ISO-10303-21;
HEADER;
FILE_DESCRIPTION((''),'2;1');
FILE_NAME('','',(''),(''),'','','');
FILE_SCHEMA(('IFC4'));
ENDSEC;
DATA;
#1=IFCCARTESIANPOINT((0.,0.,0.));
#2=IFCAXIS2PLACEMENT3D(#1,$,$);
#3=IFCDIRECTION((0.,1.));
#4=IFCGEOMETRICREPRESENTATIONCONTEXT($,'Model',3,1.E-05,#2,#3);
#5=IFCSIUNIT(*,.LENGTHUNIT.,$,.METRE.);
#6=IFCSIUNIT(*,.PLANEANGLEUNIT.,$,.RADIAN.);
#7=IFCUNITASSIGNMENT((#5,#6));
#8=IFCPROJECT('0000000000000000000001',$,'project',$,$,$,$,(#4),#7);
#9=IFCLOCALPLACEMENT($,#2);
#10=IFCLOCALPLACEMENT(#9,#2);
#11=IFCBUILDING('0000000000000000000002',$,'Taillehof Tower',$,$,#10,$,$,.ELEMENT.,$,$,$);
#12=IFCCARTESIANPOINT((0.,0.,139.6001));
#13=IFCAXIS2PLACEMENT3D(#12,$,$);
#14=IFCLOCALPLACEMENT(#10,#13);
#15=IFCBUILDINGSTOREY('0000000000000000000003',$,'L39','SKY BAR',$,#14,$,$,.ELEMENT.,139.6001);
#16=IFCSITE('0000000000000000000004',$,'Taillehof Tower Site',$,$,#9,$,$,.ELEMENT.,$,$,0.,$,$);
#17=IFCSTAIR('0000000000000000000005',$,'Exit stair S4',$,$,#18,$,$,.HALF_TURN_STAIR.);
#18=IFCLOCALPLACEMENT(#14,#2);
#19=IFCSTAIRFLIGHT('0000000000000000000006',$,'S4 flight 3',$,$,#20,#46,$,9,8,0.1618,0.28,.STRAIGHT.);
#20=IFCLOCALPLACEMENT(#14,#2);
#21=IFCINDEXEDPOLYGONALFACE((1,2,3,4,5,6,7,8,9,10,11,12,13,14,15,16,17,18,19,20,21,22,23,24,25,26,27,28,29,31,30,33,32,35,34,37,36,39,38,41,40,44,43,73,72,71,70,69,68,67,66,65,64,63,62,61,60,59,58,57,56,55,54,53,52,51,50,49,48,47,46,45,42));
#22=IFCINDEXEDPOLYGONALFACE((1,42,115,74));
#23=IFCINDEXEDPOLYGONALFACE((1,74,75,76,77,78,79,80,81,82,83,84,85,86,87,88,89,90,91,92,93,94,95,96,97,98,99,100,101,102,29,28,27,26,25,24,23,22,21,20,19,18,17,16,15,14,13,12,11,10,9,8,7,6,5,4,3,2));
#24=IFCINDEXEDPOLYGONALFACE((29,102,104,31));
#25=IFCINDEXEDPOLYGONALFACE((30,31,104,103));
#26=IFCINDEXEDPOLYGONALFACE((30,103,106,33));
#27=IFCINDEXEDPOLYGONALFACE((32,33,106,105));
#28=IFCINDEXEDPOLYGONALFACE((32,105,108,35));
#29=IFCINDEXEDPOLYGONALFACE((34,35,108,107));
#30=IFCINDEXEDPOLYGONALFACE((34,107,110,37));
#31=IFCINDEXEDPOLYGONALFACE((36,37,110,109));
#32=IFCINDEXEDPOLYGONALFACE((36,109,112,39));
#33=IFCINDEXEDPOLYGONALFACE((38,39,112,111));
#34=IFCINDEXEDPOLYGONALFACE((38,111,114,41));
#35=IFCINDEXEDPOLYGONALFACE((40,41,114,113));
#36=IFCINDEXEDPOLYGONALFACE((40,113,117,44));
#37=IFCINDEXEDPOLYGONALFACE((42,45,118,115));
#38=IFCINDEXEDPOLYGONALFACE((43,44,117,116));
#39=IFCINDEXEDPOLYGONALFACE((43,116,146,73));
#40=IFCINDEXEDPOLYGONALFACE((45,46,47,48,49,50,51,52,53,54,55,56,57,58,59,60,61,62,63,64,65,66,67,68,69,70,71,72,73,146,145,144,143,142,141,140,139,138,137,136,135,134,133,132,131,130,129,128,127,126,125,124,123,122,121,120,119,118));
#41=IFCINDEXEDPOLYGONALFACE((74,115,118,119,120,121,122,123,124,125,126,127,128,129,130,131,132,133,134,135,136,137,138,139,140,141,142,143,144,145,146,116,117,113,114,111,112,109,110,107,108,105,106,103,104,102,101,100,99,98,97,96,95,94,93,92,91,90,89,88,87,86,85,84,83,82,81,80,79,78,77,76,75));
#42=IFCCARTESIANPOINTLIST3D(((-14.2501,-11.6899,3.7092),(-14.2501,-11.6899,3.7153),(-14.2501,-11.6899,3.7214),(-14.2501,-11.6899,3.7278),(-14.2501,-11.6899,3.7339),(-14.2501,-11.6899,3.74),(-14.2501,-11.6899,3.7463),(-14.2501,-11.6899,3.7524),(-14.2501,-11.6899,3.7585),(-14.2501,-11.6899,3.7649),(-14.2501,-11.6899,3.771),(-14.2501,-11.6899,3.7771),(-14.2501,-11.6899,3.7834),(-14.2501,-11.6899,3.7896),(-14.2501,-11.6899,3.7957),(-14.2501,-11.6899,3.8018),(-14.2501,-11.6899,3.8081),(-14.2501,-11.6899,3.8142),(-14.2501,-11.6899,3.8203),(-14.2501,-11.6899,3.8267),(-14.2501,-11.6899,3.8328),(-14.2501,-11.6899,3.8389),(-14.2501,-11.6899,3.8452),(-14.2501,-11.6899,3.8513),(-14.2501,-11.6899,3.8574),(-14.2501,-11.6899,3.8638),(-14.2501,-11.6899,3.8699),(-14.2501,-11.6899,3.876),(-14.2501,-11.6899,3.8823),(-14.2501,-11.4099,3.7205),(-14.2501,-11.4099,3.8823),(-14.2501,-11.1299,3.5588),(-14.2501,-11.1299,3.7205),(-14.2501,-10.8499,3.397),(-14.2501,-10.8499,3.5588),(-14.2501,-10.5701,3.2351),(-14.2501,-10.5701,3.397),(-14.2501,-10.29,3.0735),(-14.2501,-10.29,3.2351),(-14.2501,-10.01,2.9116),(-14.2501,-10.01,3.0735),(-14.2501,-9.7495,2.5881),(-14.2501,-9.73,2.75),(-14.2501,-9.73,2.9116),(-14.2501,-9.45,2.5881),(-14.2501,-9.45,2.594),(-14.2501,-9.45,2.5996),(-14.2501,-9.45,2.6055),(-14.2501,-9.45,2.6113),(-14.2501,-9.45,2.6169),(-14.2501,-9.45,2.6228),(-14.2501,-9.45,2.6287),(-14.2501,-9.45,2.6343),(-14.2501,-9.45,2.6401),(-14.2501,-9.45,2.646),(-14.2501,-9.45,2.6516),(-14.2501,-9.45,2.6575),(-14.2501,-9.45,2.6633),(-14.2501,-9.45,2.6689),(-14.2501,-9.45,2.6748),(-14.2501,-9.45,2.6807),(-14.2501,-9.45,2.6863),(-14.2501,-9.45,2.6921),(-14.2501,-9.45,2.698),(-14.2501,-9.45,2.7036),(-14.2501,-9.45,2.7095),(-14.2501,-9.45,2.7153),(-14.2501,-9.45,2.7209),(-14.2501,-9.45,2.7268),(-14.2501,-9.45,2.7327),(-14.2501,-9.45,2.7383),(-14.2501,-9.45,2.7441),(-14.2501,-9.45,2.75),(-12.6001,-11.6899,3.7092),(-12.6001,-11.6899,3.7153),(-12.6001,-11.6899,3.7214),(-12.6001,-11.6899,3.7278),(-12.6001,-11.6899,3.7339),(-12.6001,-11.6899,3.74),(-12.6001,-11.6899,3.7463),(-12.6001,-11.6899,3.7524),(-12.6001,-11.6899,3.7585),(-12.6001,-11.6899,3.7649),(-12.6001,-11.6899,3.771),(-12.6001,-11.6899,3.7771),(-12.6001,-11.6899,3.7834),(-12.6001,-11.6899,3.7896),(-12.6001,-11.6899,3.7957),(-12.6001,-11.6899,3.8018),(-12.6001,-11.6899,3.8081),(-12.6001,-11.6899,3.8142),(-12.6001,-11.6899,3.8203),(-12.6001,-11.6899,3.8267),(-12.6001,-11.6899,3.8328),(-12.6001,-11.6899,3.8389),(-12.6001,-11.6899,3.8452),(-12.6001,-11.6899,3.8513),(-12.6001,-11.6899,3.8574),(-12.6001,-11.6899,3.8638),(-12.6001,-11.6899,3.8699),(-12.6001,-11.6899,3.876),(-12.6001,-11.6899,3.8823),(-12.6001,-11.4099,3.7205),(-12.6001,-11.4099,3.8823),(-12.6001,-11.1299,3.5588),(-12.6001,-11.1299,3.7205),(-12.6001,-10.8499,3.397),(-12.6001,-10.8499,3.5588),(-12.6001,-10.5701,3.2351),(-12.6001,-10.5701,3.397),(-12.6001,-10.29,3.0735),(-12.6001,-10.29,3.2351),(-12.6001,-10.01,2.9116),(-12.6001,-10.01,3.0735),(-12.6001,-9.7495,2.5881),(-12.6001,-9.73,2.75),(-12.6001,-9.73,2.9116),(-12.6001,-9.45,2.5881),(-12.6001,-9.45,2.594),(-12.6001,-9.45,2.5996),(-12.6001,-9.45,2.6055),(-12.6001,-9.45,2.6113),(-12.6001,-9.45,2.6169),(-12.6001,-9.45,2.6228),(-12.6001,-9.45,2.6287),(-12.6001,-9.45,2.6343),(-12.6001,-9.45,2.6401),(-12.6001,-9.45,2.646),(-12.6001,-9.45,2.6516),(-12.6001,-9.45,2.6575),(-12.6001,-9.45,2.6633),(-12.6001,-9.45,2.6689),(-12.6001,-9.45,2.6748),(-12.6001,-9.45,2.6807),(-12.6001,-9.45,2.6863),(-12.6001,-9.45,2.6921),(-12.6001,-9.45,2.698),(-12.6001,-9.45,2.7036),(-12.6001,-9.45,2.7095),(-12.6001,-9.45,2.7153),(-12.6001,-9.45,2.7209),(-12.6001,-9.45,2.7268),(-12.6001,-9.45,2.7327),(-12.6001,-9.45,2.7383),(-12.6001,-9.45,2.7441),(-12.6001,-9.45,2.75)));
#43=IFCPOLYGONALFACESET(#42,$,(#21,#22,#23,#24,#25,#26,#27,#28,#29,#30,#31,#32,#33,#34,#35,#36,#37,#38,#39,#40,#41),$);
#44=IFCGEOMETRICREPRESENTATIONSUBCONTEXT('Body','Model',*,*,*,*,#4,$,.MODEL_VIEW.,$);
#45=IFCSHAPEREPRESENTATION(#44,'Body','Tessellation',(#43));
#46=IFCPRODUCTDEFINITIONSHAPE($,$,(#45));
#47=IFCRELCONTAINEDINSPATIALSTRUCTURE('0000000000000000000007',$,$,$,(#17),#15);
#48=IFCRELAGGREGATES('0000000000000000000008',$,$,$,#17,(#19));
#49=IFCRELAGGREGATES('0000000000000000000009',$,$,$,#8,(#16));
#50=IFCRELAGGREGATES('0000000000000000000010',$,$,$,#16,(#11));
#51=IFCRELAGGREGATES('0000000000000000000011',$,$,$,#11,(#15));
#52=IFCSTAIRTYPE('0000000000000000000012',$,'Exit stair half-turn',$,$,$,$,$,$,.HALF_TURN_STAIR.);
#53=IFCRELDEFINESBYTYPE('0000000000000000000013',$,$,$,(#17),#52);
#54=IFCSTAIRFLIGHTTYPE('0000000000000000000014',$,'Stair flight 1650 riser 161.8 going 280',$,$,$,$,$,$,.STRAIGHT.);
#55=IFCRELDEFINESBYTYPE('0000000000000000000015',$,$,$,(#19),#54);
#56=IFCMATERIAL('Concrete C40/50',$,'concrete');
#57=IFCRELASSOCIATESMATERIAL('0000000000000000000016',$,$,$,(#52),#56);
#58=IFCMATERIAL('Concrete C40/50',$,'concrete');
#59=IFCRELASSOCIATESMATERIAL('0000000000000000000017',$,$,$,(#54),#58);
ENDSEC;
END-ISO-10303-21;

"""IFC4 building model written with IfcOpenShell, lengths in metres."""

from ifc_helpers import new_model, si_unit, direction, frame, origin, place, context, subcontext, project, spatial, polyline, outline, extrude, material, type_object, element, aggregate, save


model = new_model("IFC4")

# Units and contexts
model_context = context("Model", 3, precision=1e-05, world=origin(), true_north=direction((0.0, 1.0)))
body_context = subcontext(model_context, "Body", "Model", "MODEL_VIEW")
ifc_project = project(units=[si_unit("LENGTHUNIT", "METRE"), si_unit("PLANEANGLEUNIT", "RADIAN")], contexts=[model_context])

# Site, building, storey
site_placement = place(None, origin())
site = spatial("IfcSite", under=ifc_project, at=site_placement, Name="Taillehof Tower Site", CompositionType="ELEMENT", RefElevation=0.0)
building_placement = place(site_placement, origin())
building = spatial("IfcBuilding", under=site, at=building_placement, Name="Taillehof Tower", CompositionType="ELEMENT")
storey_placement = place(building_placement, frame((0.0, 0.0, 139.6001)))
storey = spatial("IfcBuildingStorey", under=building, at=storey_placement, Name="L39", Description="SKY BAR", CompositionType="ELEMENT", Elevation=139.6001)

# Stair, stair flight
ifc_material_1 = material(Name="Concrete C40/50", Category="concrete")
stair_type = type_object("IfcStairType", Name="Exit stair half-turn", PredefinedType="HALF_TURN_STAIR", material=ifc_material_1)
stair_placement = place(storey_placement, origin())
stair = element("IfcStair", 1, at=stair_placement, inside=storey, type_object=stair_type, Name="Exit stair S4", PredefinedType="HALF_TURN_STAIR")
ifc_material_2 = material(Name="Concrete C40/50", Category="concrete")
stair_flight_type = type_object("IfcStairFlightType", Name="Stair flight 1650 riser 161.8 going 280", PredefinedType="STRAIGHT", material=ifc_material_2)
stair_flight_1_placement = place(storey_placement, frame((-13.425, -9.45, 2.5881), z_axis=(0.0, 0.0, 1.0), x_axis=(0.0, -1.0, 0.0)))
stair_flight_1 = element("IfcStairFlight", 2, at=stair_flight_1_placement, type_object=stair_flight_type, Name="S4 flight 3", NumberOfRisers=9, NumberOfTreads=8, PredefinedType="STRAIGHT", RiserHeight=0.1618, TreadLength=0.28, context=body_context, shape_type="SweptSolid", body=[
    extrude(outline(polyline([(0.0, 0.0), (0.0, 0.0059), (0.0, 0.0115), (0.0, 0.0173), (0.0, 0.0232), (0.0, 0.0288), (0.0, 0.0347), (0.0, 0.0405), (0.0, 0.0461), (0.0, 0.052), (0.0, 0.0579), (0.0, 0.0635), (0.0, 0.0693), (0.0, 0.0752), (0.0, 0.0808), (0.0, 0.0867), (0.0, 0.0925), (0.0, 0.0981), (0.0, 0.104), (0.0, 0.1099), (0.0, 0.1155), (0.0, 0.1213), (0.0, 0.1272), (0.0, 0.1328), (0.0, 0.1387), (0.0, 0.1445), (0.0, 0.1501), (0.0, 0.156), (0.0, 0.1619), (0.28, 0.1619), (0.28, 0.3235), (0.5601, 0.3235), (0.5601, 0.4854), (0.8401, 0.4854), (0.8401, 0.647), (1.1201, 0.647), (1.1201, 0.8088), (1.3999, 0.8088), (1.3999, 0.9707), (1.6799, 0.9707), (1.6799, 1.1323), (1.96, 1.1323), (1.96, 1.2942), (2.24, 1.2942), (2.24, 1.2878), (2.24, 1.2817), (2.24, 1.2756), (2.24, 1.2693), (2.24, 1.2632), (2.24, 1.2571), (2.24, 1.2507), (2.24, 1.2446), (2.24, 1.2385), (2.24, 1.2322), (2.24, 1.2261), (2.24, 1.22), (2.24, 1.2136), (2.24, 1.2075), (2.24, 1.2014), (2.24, 1.1953), (2.24, 1.189), (2.24, 1.1829), (2.24, 1.1768), (2.24, 1.1704), (2.24, 1.1643), (2.24, 1.1582), (2.24, 1.1519), (2.24, 1.1458), (2.24, 1.1396), (2.24, 1.1333), (2.24, 1.1272), (2.24, 1.1211), (0.2996, 0.0), (0.0, 0.0)])), frame((0.0, 0.825, 0.0), z_axis=(0.0, -1.0, 0.0), x_axis=(1.0, 0.0, 0.0)), (0.0, 0.0, 1.0), 1.65),
])
aggregate(stair, [stair_flight_1])

save(model, "model.ifc")
